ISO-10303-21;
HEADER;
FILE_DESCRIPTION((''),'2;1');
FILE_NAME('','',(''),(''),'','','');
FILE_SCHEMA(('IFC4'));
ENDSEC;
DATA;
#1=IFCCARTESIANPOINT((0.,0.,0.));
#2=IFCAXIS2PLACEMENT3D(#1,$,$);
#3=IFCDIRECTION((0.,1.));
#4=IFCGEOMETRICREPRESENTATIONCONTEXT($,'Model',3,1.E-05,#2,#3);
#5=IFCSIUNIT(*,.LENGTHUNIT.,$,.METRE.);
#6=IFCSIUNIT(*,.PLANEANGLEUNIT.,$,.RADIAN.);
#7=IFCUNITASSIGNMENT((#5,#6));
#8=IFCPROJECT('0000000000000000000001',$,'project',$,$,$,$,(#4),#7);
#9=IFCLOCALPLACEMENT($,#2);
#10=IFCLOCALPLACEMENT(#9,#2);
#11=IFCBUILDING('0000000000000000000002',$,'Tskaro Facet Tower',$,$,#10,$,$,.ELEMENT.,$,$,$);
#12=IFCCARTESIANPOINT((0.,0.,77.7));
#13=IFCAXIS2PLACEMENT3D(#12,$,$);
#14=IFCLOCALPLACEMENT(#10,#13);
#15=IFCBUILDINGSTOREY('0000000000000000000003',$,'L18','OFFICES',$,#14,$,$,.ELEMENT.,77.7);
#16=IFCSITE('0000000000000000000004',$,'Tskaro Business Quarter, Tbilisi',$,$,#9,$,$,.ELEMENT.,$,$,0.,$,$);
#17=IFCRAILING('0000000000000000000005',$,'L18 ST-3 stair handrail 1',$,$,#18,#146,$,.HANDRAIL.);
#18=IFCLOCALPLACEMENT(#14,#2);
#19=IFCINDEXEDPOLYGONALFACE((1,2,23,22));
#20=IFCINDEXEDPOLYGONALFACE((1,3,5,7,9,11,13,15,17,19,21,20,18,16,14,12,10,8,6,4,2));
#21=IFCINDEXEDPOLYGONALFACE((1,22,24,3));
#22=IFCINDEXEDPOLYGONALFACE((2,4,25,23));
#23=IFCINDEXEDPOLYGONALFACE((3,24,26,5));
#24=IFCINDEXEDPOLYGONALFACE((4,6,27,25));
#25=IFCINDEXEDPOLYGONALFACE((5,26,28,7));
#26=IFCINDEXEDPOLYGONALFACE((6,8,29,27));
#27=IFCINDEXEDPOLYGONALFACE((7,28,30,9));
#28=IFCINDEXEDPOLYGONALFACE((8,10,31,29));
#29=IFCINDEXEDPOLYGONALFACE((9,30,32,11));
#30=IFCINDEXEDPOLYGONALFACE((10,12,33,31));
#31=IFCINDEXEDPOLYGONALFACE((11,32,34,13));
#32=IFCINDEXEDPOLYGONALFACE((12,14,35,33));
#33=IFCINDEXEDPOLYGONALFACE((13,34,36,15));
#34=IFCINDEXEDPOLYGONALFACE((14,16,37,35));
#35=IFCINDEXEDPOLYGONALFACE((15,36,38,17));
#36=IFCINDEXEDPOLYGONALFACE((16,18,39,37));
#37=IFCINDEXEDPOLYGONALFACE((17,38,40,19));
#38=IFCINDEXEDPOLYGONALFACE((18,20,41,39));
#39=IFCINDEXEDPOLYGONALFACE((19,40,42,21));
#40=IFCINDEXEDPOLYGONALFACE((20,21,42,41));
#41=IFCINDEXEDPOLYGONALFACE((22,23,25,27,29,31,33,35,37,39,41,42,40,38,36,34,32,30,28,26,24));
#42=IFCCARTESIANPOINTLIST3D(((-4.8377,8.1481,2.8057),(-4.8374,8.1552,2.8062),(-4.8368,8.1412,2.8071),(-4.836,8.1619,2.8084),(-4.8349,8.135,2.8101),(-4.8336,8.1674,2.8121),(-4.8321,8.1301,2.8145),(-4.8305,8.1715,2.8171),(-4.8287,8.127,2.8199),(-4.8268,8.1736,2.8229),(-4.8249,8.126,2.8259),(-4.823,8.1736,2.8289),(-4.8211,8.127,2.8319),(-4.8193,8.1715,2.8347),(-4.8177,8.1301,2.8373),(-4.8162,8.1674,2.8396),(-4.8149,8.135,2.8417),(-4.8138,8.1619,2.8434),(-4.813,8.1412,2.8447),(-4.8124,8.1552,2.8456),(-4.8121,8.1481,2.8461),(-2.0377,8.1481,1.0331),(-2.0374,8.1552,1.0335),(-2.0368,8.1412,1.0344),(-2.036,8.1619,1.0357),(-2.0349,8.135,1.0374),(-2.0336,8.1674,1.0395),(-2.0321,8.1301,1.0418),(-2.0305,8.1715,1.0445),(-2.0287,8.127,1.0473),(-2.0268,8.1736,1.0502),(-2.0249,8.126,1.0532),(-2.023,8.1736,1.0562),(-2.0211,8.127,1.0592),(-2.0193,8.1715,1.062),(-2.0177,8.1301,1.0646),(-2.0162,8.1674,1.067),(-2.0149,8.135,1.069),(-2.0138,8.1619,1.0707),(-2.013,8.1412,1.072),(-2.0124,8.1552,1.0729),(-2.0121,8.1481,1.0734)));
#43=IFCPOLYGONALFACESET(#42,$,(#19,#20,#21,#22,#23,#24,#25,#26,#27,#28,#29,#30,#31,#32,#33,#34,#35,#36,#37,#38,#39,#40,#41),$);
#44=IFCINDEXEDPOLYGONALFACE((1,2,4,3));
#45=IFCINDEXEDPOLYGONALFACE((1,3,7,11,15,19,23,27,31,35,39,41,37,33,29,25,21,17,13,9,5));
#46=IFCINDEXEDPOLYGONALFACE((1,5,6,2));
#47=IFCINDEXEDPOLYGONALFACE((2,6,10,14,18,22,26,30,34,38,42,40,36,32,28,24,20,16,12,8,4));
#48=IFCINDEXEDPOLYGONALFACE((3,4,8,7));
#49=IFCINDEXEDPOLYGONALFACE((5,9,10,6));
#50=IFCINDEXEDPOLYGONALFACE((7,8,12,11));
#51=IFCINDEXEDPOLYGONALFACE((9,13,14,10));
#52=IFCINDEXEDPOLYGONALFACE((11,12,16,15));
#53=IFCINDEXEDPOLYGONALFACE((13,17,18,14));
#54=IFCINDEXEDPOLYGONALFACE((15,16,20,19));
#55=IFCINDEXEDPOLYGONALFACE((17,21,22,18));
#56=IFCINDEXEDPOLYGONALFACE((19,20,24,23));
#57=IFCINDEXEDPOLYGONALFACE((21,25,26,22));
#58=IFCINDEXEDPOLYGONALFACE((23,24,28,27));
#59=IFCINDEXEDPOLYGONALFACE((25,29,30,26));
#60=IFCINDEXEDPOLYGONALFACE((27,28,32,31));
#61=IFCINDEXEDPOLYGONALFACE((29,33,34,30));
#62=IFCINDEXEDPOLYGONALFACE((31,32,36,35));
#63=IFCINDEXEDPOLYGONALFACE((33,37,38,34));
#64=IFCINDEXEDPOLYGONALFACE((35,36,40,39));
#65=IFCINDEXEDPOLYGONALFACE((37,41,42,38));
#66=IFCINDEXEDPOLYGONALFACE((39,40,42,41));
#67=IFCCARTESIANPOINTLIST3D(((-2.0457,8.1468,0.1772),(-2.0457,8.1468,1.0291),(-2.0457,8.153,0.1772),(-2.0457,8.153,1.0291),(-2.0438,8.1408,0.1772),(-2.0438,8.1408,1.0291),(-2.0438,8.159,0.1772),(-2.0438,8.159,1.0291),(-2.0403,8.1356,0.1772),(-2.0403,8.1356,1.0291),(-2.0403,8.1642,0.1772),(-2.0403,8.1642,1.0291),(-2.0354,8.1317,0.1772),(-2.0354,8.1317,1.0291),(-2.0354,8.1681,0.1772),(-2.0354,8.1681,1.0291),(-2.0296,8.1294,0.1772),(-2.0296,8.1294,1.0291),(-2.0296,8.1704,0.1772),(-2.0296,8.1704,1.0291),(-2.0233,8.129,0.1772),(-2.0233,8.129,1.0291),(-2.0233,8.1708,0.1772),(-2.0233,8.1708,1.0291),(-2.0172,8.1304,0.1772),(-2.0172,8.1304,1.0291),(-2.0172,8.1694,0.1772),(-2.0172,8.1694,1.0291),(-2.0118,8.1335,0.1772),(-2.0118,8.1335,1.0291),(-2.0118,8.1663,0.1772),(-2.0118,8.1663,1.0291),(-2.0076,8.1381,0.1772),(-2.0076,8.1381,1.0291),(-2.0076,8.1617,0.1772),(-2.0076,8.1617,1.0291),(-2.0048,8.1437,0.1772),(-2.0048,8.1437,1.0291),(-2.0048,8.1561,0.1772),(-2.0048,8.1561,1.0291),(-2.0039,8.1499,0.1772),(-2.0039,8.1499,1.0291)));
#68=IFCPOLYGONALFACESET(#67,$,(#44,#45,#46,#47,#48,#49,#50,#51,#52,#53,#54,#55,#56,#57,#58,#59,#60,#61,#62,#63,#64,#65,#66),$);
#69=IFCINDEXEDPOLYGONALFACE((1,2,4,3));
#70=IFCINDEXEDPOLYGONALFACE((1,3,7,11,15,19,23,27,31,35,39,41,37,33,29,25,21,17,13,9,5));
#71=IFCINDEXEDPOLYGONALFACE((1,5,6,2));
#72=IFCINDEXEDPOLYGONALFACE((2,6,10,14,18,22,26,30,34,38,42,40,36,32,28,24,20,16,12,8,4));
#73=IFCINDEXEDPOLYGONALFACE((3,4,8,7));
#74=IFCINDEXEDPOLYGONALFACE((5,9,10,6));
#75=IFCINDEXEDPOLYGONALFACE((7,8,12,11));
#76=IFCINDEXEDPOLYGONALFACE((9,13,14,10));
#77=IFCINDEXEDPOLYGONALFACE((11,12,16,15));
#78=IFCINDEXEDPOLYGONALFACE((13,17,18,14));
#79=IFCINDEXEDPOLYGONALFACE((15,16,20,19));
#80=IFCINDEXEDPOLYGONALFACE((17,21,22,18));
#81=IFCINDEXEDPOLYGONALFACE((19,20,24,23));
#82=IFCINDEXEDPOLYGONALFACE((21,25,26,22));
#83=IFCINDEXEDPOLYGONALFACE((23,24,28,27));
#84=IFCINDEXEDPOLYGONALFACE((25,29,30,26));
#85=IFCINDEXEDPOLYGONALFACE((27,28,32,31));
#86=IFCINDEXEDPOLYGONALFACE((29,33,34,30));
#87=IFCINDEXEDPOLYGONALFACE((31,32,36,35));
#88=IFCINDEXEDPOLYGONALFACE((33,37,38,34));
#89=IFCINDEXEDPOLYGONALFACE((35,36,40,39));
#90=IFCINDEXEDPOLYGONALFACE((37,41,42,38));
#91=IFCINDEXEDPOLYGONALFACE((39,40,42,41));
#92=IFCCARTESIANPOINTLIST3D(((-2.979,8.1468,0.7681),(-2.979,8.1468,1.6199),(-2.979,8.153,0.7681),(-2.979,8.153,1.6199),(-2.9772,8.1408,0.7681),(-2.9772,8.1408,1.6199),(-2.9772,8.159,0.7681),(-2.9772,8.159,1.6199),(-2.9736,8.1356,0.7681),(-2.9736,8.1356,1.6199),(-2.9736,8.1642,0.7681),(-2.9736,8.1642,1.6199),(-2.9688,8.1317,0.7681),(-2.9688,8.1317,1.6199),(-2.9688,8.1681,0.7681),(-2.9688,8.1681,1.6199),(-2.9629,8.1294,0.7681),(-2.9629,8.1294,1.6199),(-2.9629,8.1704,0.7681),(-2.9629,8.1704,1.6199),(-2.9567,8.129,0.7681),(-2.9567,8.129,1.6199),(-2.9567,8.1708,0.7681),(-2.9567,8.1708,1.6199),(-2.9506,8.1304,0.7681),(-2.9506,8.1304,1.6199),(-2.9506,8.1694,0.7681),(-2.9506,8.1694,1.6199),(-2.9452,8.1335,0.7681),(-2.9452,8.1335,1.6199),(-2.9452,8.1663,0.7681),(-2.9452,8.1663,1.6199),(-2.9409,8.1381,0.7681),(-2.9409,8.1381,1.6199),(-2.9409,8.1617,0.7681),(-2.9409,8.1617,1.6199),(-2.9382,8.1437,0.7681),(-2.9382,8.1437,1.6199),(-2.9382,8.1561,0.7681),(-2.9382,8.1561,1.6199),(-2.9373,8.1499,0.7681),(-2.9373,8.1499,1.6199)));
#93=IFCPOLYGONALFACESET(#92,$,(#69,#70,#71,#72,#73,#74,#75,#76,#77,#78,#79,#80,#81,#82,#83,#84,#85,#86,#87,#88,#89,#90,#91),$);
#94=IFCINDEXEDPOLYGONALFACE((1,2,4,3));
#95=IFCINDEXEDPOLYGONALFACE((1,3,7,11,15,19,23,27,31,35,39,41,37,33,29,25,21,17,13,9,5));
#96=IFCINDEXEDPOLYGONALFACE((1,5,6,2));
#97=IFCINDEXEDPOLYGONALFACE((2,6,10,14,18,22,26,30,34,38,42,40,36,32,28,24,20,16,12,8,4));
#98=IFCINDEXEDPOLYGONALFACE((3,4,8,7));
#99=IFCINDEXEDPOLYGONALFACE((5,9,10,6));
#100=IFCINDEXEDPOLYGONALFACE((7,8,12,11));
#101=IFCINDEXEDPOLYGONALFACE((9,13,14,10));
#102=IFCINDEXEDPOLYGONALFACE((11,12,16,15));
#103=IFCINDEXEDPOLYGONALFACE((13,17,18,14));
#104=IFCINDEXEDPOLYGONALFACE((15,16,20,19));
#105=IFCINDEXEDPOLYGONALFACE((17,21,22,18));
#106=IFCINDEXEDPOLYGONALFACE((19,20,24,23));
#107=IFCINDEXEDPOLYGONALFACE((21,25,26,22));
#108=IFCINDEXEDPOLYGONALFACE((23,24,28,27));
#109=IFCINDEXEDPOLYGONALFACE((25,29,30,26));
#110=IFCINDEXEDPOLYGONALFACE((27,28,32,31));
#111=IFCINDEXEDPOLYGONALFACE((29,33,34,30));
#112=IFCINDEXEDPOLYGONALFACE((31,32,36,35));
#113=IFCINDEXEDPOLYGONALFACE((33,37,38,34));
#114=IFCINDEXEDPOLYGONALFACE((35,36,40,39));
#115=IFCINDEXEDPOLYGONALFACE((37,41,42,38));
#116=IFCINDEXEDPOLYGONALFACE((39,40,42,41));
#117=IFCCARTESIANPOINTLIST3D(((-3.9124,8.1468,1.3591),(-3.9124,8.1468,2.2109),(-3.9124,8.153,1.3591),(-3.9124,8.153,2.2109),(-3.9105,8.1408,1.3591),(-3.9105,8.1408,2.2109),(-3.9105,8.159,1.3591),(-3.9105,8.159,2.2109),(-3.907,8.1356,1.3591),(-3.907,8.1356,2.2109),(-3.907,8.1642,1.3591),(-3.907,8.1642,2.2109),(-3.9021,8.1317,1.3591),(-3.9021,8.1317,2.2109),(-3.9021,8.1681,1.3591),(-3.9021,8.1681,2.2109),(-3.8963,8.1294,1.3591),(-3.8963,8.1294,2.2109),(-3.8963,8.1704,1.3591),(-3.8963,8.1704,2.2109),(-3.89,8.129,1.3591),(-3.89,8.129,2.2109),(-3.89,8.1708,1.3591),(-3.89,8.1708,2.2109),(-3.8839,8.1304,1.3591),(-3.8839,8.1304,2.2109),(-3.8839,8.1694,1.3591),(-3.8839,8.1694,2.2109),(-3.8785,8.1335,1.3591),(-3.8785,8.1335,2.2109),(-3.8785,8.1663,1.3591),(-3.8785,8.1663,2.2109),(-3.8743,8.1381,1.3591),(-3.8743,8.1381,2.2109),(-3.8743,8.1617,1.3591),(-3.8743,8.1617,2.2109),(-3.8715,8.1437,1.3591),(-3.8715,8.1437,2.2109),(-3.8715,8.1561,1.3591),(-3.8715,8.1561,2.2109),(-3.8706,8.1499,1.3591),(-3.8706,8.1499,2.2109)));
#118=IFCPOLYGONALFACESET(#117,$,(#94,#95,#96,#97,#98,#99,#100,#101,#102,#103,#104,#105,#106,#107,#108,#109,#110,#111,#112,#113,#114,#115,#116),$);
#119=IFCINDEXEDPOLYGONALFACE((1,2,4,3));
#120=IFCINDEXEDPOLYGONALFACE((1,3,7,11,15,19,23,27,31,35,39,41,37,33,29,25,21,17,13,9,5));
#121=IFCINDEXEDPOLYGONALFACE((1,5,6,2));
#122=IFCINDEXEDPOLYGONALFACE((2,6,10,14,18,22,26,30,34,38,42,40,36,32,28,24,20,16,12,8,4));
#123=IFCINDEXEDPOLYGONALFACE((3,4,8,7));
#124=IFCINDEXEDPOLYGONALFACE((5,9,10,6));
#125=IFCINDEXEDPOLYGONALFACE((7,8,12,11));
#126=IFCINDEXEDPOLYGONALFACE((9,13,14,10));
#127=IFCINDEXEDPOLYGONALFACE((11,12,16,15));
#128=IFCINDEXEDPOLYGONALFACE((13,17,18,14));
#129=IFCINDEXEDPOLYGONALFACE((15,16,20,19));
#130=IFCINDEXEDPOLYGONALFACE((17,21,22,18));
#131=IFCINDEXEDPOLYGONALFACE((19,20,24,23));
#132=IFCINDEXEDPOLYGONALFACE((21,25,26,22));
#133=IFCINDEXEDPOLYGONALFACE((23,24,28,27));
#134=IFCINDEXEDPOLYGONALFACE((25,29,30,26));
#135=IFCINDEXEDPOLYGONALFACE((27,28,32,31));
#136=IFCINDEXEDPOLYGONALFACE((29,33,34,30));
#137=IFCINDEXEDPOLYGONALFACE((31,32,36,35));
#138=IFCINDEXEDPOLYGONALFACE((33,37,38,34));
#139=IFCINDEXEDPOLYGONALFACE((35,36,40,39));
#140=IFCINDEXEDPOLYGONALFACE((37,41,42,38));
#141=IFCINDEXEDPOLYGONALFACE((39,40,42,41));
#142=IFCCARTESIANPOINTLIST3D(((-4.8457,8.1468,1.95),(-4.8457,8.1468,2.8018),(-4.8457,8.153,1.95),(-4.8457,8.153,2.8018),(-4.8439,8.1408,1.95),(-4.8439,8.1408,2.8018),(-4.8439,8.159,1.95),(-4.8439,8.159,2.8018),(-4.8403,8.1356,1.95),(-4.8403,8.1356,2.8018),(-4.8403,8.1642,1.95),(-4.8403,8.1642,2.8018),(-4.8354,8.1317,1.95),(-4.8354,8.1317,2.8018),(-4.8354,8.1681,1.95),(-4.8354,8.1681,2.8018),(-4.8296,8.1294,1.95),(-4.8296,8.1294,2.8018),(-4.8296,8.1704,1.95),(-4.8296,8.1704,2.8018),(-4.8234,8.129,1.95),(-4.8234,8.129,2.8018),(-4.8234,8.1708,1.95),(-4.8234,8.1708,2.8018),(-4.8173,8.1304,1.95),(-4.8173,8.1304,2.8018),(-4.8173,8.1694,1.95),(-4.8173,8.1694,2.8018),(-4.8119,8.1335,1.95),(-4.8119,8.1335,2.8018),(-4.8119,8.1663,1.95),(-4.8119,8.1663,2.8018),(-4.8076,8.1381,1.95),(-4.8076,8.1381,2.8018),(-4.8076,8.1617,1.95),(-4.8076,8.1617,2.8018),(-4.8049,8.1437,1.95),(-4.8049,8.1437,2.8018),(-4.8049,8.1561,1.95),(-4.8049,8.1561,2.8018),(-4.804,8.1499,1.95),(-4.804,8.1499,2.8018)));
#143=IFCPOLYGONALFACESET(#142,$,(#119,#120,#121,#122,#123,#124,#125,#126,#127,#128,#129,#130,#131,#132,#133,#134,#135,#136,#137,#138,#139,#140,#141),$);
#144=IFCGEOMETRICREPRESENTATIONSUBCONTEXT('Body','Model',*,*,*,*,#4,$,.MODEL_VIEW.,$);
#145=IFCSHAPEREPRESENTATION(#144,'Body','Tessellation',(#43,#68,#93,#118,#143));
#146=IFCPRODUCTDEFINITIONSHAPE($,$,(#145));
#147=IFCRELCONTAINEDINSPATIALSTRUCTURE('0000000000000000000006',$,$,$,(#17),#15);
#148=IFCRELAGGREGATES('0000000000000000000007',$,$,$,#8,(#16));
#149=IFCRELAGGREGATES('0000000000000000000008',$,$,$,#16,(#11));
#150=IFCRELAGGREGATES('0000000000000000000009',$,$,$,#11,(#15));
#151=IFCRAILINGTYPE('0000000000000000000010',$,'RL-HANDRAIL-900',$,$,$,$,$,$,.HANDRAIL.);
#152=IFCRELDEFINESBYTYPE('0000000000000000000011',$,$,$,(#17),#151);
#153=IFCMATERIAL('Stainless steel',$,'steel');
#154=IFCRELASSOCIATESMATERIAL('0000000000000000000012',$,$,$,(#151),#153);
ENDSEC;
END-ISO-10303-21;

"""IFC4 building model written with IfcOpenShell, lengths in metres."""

from ifc_helpers import new_model, si_unit, direction, frame, origin, origin_2d, place, context, subcontext, project, spatial, circle, extrude, material, type_object, element, save


model = new_model("IFC4")

# Units and contexts
model_context = context("Model", 3, precision=1e-05, world=origin(), true_north=direction((0.0, 1.0)))
body_context = subcontext(model_context, "Body", "Model", "MODEL_VIEW")
ifc_project = project(units=[si_unit("LENGTHUNIT", "METRE"), si_unit("PLANEANGLEUNIT", "RADIAN")], contexts=[model_context])

# Site, building, storey
site_placement = place(None, origin())
site = spatial("IfcSite", under=ifc_project, at=site_placement, Name="Tskaro Business Quarter, Tbilisi", CompositionType="ELEMENT", RefElevation=0.0)
building_placement = place(site_placement, origin())
building = spatial("IfcBuilding", under=site, at=building_placement, Name="Tskaro Facet Tower", CompositionType="ELEMENT")
storey_placement = place(building_placement, frame((0.0, 0.0, 77.7)))
storey = spatial("IfcBuildingStorey", under=building, at=storey_placement, Name="L18", Description="OFFICES", CompositionType="ELEMENT", Elevation=77.7)

# Railing
ifc_material_1 = material(Name="Stainless steel", Category="steel")
railing_type_1 = type_object("IfcRailingType", Name="RL-HANDRAIL-900", PredefinedType="HANDRAIL", material=ifc_material_1)
railing_1_placement = place(storey_placement, frame((-2.0249, 8.1499, 0.1772)))
element("IfcRailing", 1, at=railing_1_placement, inside=storey, type_object=railing_type_1, Name="L18 ST-3 stair handrail 1", PredefinedType="HANDRAIL", context=body_context, shape_type="SweptSolid", body=[
    extrude(circle(Radius=0.0239, at=origin_2d()), frame((0.0, 0.0, 0.876), z_axis=(-0.844909, 0.0, 0.53491), x_axis=(0.0, -1.0, 0.0)), (0.0, 0.0, 1.0), 3.314),
    extrude(circle(Radius=0.021, at=origin_2d()), origin(), (0.0, 0.0, 1.0), 0.8518),
    extrude(circle(Radius=0.021, at=origin_2d()), frame((-0.9333, 0.0, 0.5908)), (0.0, 0.0, 1.0), 0.8518),
    extrude(circle(Radius=0.021, at=origin_2d()), frame((-1.8667, 0.0, 1.1819)), (0.0, 0.0, 1.0), 0.8518),
    extrude(circle(Radius=0.021, at=origin_2d()), frame((-2.8, 0.0, 1.7727)), (0.0, 0.0, 1.0), 0.8518),
])

save(model, "model.ifc")
